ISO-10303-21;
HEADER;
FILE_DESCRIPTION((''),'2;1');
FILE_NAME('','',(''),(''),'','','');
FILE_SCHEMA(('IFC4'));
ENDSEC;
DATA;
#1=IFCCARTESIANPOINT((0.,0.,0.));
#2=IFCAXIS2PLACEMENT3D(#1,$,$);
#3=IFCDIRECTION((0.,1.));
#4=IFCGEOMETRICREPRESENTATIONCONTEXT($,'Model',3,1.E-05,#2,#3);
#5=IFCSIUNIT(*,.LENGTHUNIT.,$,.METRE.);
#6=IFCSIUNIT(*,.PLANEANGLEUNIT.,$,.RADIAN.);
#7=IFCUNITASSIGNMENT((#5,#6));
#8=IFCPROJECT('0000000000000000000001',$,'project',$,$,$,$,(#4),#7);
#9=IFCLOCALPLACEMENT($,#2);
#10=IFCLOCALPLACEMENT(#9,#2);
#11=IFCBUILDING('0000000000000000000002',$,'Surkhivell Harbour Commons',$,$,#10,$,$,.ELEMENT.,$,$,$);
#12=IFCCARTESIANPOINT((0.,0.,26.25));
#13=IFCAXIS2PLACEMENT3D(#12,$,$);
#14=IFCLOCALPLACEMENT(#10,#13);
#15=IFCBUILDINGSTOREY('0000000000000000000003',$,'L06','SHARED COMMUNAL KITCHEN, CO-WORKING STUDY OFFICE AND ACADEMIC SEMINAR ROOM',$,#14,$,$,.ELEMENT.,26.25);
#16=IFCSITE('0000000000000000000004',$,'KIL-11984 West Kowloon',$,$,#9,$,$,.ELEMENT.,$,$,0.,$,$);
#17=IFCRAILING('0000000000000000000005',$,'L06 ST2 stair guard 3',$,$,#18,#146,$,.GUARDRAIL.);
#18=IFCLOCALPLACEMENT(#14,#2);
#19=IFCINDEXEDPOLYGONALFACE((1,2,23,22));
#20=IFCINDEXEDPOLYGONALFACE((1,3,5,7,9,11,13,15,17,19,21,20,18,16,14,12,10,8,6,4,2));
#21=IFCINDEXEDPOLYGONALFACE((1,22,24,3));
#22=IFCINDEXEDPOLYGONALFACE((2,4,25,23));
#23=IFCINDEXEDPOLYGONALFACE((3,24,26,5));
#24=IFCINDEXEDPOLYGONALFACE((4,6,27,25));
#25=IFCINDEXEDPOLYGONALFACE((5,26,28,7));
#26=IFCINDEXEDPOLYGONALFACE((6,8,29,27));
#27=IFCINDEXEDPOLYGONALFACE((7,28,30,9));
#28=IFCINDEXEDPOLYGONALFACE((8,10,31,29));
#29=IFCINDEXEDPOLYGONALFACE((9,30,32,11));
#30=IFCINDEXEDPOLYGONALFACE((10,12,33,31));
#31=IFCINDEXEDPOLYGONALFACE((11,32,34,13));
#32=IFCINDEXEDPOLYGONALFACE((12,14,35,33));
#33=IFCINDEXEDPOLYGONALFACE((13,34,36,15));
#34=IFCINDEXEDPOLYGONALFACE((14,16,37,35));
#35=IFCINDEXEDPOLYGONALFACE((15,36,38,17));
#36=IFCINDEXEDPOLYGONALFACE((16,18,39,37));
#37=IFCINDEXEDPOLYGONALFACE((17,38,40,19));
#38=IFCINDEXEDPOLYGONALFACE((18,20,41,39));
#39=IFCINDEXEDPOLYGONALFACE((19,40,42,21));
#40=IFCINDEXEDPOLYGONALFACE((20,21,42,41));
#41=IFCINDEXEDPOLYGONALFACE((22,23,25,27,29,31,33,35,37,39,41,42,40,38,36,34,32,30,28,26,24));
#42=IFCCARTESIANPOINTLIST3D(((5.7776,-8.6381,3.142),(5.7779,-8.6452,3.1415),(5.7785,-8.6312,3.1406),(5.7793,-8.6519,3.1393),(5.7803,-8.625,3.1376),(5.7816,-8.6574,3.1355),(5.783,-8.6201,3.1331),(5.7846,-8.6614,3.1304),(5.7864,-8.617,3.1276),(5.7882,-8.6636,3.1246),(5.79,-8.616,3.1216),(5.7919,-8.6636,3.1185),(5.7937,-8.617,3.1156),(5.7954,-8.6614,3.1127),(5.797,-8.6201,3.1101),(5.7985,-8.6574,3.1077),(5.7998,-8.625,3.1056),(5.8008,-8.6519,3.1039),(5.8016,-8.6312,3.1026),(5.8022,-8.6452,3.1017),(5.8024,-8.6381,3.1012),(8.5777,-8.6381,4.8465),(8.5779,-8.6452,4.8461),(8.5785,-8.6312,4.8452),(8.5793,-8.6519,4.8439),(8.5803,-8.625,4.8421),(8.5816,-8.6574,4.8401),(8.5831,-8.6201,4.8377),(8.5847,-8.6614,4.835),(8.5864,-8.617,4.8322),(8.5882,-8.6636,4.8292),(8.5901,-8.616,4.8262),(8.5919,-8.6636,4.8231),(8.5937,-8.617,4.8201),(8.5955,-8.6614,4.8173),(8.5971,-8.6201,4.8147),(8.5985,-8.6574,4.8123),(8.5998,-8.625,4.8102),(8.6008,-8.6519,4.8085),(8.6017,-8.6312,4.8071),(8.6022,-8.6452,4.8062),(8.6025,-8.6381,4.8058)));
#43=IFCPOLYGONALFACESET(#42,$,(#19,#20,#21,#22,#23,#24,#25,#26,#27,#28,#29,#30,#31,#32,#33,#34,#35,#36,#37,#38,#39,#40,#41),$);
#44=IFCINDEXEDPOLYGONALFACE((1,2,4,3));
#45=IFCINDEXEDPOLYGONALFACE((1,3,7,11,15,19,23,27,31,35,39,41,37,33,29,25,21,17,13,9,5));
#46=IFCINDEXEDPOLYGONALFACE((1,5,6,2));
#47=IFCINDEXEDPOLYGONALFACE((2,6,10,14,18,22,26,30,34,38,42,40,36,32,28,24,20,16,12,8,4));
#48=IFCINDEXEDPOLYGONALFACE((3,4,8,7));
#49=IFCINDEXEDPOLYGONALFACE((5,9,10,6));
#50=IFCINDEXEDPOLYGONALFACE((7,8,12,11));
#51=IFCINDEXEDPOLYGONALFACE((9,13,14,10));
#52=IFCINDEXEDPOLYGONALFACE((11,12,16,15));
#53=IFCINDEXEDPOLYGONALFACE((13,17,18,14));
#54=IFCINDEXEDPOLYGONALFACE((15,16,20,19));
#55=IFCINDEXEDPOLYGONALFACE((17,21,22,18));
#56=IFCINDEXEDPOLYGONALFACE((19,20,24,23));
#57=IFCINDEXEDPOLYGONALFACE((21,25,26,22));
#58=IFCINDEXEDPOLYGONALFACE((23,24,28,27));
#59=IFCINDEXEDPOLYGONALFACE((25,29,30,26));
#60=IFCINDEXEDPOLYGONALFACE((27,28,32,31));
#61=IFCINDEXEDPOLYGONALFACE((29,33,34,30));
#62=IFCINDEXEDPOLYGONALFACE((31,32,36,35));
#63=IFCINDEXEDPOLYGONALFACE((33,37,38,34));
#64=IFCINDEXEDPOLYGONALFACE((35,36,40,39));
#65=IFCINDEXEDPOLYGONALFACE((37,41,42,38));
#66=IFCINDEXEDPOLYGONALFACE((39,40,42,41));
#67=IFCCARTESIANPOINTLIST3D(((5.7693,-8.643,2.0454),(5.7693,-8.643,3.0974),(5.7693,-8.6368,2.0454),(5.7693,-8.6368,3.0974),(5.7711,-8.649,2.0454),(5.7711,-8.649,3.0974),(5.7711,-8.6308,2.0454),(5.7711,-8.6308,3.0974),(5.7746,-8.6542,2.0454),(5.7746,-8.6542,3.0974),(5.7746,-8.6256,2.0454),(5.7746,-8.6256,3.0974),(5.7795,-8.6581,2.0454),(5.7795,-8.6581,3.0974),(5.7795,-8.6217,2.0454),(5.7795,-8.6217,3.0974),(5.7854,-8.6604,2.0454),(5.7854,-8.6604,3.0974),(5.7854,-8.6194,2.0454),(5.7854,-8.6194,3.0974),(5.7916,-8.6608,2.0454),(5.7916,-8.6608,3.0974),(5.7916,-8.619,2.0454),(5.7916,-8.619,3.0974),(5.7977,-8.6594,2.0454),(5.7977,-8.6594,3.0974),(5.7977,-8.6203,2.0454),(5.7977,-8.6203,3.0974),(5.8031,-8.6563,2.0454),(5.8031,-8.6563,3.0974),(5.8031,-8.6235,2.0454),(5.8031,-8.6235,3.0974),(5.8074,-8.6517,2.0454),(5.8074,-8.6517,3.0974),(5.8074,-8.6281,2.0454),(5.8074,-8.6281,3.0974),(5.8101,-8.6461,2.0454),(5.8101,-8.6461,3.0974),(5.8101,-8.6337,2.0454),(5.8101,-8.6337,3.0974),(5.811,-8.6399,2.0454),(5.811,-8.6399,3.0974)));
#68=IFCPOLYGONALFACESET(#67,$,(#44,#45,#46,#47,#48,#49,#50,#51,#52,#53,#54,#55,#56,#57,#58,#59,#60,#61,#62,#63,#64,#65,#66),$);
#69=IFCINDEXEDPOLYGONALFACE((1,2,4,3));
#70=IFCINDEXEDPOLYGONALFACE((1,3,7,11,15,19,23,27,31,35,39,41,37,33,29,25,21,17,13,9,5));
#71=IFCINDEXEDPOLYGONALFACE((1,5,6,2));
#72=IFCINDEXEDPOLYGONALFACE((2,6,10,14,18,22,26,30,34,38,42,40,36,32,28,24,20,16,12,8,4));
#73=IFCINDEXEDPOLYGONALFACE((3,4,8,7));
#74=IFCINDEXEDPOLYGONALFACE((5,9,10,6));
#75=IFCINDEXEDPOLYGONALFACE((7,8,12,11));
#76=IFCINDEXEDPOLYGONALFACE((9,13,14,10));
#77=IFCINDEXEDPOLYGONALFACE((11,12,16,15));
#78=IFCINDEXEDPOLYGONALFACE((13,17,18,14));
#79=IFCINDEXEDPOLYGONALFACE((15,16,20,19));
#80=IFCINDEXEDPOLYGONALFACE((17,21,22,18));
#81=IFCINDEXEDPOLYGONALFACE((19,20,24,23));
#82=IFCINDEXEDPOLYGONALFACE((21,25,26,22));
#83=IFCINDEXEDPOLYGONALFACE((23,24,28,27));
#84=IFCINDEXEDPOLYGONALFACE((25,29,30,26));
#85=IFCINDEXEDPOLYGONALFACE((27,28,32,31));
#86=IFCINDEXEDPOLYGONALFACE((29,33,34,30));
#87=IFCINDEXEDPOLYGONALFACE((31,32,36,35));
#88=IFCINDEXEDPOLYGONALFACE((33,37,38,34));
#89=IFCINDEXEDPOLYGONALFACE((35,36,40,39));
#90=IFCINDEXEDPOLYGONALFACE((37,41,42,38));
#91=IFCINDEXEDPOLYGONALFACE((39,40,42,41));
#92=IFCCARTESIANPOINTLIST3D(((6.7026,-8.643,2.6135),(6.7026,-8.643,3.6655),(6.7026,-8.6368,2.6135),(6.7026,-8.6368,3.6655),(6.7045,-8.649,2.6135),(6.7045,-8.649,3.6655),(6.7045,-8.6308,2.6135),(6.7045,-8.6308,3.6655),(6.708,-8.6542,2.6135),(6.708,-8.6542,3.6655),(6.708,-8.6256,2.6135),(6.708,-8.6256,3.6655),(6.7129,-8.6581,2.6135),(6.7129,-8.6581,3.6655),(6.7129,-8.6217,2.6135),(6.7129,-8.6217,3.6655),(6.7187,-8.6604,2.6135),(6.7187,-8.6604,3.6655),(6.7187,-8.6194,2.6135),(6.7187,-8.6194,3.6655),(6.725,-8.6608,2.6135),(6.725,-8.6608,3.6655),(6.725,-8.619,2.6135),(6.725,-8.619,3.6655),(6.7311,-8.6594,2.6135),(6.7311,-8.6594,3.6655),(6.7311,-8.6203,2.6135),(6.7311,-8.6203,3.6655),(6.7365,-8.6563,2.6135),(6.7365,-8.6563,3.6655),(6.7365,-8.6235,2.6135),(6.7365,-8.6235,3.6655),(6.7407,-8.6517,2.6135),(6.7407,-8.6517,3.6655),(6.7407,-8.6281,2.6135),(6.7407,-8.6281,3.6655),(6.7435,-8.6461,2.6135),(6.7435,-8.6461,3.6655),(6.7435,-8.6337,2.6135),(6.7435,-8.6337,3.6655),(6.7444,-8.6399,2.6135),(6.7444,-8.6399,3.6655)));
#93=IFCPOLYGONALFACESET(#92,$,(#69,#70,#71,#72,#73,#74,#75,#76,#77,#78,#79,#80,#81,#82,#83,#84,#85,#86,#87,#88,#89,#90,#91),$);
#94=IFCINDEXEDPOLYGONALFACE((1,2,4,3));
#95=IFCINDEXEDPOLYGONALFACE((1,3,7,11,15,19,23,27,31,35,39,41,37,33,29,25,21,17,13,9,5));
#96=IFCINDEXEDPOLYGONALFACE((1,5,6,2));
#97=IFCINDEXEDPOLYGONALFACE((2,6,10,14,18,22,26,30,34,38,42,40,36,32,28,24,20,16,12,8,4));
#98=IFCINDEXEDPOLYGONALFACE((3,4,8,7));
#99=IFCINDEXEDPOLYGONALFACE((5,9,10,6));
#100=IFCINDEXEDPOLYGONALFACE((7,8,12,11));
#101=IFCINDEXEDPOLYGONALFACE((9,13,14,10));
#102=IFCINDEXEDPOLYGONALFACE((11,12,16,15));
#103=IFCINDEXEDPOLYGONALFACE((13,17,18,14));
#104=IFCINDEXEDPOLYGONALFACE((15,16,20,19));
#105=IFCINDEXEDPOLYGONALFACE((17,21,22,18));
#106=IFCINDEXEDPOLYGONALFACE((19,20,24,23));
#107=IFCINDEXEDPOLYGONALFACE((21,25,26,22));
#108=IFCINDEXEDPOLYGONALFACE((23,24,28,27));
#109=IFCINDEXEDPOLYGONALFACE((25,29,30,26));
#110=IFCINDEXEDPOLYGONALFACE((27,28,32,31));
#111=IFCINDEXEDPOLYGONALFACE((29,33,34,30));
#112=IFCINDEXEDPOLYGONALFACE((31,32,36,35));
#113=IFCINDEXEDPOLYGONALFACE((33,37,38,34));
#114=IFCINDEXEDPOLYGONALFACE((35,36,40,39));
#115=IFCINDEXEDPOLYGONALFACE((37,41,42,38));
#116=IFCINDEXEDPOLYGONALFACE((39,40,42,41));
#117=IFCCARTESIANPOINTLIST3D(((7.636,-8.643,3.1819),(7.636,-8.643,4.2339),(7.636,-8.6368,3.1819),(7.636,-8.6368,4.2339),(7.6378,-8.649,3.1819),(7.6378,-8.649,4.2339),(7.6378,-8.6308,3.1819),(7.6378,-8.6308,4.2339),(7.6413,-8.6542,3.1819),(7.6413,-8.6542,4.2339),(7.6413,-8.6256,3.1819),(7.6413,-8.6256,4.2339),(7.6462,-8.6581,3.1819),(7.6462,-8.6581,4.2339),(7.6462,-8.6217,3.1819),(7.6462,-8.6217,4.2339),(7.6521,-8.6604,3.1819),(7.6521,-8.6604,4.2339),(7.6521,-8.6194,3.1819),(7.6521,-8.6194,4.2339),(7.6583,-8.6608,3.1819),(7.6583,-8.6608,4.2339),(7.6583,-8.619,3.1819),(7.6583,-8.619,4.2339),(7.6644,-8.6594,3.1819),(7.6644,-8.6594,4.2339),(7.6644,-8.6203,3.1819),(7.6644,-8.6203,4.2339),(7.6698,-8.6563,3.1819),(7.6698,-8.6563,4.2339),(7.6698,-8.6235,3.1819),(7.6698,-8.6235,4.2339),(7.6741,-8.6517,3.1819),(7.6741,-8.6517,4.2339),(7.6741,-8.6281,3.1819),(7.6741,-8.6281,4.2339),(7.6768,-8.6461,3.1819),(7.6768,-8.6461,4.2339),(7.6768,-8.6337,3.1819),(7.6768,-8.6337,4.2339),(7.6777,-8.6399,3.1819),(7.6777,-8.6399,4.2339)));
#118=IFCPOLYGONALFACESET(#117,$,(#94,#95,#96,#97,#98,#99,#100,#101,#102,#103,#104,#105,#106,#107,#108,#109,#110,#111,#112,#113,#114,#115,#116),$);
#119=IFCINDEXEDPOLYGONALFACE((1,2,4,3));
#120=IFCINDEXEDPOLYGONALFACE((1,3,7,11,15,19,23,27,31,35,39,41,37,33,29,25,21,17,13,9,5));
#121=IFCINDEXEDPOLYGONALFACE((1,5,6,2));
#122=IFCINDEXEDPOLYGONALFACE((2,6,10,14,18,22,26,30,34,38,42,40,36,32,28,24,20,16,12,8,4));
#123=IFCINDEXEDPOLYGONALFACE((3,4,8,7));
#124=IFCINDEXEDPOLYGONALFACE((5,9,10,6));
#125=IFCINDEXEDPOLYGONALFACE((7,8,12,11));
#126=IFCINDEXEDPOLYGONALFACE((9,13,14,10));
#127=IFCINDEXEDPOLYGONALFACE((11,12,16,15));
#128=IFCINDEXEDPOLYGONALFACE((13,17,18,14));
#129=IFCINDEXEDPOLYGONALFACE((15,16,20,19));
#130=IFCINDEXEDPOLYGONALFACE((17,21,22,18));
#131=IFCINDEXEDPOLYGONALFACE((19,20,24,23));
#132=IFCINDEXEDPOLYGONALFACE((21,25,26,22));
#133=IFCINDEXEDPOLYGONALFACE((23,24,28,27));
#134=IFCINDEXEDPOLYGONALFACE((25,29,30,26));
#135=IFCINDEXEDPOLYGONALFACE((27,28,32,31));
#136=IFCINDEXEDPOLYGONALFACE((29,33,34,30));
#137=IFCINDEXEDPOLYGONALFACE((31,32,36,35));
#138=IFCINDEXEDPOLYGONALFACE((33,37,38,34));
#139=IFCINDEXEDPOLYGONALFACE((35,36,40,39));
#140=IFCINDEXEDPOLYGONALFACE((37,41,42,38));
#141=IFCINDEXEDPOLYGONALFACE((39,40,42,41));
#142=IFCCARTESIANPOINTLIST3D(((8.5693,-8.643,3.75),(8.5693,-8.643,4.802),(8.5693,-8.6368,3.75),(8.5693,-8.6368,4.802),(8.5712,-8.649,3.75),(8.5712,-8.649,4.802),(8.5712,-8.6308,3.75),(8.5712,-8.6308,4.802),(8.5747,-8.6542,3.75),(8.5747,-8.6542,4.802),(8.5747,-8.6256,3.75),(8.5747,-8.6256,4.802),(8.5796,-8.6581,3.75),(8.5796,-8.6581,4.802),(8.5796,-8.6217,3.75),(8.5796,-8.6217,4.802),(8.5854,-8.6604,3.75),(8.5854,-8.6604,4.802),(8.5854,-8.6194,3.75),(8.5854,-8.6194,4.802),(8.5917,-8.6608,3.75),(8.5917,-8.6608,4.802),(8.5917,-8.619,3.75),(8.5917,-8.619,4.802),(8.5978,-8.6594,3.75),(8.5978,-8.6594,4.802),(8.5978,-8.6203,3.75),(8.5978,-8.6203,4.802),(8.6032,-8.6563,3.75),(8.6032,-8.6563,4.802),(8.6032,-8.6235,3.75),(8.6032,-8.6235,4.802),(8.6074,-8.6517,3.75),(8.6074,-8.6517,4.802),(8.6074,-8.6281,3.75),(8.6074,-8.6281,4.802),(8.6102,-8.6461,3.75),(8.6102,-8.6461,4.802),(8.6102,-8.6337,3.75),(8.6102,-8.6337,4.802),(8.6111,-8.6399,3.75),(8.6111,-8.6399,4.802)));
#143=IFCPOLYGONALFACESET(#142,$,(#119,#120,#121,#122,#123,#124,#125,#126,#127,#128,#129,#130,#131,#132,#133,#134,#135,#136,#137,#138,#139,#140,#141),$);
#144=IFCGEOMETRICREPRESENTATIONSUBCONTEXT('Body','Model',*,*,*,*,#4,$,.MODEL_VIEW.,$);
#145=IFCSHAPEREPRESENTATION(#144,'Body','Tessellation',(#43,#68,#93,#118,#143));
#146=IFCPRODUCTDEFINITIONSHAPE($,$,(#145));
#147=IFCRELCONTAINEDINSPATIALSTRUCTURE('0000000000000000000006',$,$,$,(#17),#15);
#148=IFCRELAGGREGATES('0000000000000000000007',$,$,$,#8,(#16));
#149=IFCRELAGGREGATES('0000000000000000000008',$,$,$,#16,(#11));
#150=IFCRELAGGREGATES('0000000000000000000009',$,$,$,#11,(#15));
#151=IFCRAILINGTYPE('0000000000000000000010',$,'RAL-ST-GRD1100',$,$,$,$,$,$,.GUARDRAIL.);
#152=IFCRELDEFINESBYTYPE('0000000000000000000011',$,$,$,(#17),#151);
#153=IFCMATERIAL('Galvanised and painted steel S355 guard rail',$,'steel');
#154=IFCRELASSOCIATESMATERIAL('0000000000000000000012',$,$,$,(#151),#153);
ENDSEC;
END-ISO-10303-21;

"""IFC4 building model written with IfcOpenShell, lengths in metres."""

from ifc_helpers import new_model, si_unit, direction, frame, origin, origin_2d, place, context, subcontext, project, spatial, circle, extrude, material, type_object, element, save


model = new_model("IFC4")

# Units and contexts
model_context = context("Model", 3, precision=1e-05, world=origin(), true_north=direction((0.0, 1.0)))
body_context = subcontext(model_context, "Body", "Model", "MODEL_VIEW")
ifc_project = project(units=[si_unit("LENGTHUNIT", "METRE"), si_unit("PLANEANGLEUNIT", "RADIAN")], contexts=[model_context])

# Site, building, storey
site_placement = place(None, origin())
site = spatial("IfcSite", under=ifc_project, at=site_placement, Name="KIL-11984 West Kowloon", CompositionType="ELEMENT", RefElevation=0.0)
building_placement = place(site_placement, origin())
building = spatial("IfcBuilding", under=site, at=building_placement, Name="Surkhivell Harbour Commons", CompositionType="ELEMENT")
storey_placement = place(building_placement, frame((0.0, 0.0, 26.25)))
storey = spatial("IfcBuildingStorey", under=building, at=storey_placement, Name="L06", Description="SHARED COMMUNAL KITCHEN, CO-WORKING STUDY OFFICE AND ACADEMIC SEMINAR ROOM", CompositionType="ELEMENT", Elevation=26.25)

# Railing
ifc_material_1 = material(Name="Galvanised and painted steel S355 guard rail", Category="steel")
railing_type_1 = type_object("IfcRailingType", Name="RAL-ST-GRD1100", PredefinedType="GUARDRAIL", material=ifc_material_1)
railing_1_placement = place(storey_placement, frame((5.79, -8.6399, 2.0454)))
element("IfcRailing", 1, at=railing_1_placement, inside=storey, type_object=railing_type_1, Name="L06 ST2 stair guard 3", PredefinedType="GUARDRAIL", context=body_context, shape_type="SweptSolid", body=[
    extrude(circle(Radius=0.0239, at=origin_2d()), frame((0.0, 0.0, 1.0762), z_axis=(0.85417, 0.0, 0.519994), x_axis=(0.0, 1.0, 0.0)), (0.0, 0.0, 1.0), 3.2781),
    extrude(circle(Radius=0.021, at=origin_2d()), origin(), (0.0, 0.0, 1.0), 1.052),
    extrude(circle(Radius=0.021, at=origin_2d()), frame((0.9333, 0.0, 0.5681)), (0.0, 0.0, 1.0), 1.052),
    extrude(circle(Radius=0.021, at=origin_2d()), frame((1.8667, 0.0, 1.1365)), (0.0, 0.0, 1.0), 1.052),
    extrude(circle(Radius=0.021, at=origin_2d()), frame((2.8, 0.0, 1.7046)), (0.0, 0.0, 1.0), 1.052),
])

save(model, "model.ifc")
